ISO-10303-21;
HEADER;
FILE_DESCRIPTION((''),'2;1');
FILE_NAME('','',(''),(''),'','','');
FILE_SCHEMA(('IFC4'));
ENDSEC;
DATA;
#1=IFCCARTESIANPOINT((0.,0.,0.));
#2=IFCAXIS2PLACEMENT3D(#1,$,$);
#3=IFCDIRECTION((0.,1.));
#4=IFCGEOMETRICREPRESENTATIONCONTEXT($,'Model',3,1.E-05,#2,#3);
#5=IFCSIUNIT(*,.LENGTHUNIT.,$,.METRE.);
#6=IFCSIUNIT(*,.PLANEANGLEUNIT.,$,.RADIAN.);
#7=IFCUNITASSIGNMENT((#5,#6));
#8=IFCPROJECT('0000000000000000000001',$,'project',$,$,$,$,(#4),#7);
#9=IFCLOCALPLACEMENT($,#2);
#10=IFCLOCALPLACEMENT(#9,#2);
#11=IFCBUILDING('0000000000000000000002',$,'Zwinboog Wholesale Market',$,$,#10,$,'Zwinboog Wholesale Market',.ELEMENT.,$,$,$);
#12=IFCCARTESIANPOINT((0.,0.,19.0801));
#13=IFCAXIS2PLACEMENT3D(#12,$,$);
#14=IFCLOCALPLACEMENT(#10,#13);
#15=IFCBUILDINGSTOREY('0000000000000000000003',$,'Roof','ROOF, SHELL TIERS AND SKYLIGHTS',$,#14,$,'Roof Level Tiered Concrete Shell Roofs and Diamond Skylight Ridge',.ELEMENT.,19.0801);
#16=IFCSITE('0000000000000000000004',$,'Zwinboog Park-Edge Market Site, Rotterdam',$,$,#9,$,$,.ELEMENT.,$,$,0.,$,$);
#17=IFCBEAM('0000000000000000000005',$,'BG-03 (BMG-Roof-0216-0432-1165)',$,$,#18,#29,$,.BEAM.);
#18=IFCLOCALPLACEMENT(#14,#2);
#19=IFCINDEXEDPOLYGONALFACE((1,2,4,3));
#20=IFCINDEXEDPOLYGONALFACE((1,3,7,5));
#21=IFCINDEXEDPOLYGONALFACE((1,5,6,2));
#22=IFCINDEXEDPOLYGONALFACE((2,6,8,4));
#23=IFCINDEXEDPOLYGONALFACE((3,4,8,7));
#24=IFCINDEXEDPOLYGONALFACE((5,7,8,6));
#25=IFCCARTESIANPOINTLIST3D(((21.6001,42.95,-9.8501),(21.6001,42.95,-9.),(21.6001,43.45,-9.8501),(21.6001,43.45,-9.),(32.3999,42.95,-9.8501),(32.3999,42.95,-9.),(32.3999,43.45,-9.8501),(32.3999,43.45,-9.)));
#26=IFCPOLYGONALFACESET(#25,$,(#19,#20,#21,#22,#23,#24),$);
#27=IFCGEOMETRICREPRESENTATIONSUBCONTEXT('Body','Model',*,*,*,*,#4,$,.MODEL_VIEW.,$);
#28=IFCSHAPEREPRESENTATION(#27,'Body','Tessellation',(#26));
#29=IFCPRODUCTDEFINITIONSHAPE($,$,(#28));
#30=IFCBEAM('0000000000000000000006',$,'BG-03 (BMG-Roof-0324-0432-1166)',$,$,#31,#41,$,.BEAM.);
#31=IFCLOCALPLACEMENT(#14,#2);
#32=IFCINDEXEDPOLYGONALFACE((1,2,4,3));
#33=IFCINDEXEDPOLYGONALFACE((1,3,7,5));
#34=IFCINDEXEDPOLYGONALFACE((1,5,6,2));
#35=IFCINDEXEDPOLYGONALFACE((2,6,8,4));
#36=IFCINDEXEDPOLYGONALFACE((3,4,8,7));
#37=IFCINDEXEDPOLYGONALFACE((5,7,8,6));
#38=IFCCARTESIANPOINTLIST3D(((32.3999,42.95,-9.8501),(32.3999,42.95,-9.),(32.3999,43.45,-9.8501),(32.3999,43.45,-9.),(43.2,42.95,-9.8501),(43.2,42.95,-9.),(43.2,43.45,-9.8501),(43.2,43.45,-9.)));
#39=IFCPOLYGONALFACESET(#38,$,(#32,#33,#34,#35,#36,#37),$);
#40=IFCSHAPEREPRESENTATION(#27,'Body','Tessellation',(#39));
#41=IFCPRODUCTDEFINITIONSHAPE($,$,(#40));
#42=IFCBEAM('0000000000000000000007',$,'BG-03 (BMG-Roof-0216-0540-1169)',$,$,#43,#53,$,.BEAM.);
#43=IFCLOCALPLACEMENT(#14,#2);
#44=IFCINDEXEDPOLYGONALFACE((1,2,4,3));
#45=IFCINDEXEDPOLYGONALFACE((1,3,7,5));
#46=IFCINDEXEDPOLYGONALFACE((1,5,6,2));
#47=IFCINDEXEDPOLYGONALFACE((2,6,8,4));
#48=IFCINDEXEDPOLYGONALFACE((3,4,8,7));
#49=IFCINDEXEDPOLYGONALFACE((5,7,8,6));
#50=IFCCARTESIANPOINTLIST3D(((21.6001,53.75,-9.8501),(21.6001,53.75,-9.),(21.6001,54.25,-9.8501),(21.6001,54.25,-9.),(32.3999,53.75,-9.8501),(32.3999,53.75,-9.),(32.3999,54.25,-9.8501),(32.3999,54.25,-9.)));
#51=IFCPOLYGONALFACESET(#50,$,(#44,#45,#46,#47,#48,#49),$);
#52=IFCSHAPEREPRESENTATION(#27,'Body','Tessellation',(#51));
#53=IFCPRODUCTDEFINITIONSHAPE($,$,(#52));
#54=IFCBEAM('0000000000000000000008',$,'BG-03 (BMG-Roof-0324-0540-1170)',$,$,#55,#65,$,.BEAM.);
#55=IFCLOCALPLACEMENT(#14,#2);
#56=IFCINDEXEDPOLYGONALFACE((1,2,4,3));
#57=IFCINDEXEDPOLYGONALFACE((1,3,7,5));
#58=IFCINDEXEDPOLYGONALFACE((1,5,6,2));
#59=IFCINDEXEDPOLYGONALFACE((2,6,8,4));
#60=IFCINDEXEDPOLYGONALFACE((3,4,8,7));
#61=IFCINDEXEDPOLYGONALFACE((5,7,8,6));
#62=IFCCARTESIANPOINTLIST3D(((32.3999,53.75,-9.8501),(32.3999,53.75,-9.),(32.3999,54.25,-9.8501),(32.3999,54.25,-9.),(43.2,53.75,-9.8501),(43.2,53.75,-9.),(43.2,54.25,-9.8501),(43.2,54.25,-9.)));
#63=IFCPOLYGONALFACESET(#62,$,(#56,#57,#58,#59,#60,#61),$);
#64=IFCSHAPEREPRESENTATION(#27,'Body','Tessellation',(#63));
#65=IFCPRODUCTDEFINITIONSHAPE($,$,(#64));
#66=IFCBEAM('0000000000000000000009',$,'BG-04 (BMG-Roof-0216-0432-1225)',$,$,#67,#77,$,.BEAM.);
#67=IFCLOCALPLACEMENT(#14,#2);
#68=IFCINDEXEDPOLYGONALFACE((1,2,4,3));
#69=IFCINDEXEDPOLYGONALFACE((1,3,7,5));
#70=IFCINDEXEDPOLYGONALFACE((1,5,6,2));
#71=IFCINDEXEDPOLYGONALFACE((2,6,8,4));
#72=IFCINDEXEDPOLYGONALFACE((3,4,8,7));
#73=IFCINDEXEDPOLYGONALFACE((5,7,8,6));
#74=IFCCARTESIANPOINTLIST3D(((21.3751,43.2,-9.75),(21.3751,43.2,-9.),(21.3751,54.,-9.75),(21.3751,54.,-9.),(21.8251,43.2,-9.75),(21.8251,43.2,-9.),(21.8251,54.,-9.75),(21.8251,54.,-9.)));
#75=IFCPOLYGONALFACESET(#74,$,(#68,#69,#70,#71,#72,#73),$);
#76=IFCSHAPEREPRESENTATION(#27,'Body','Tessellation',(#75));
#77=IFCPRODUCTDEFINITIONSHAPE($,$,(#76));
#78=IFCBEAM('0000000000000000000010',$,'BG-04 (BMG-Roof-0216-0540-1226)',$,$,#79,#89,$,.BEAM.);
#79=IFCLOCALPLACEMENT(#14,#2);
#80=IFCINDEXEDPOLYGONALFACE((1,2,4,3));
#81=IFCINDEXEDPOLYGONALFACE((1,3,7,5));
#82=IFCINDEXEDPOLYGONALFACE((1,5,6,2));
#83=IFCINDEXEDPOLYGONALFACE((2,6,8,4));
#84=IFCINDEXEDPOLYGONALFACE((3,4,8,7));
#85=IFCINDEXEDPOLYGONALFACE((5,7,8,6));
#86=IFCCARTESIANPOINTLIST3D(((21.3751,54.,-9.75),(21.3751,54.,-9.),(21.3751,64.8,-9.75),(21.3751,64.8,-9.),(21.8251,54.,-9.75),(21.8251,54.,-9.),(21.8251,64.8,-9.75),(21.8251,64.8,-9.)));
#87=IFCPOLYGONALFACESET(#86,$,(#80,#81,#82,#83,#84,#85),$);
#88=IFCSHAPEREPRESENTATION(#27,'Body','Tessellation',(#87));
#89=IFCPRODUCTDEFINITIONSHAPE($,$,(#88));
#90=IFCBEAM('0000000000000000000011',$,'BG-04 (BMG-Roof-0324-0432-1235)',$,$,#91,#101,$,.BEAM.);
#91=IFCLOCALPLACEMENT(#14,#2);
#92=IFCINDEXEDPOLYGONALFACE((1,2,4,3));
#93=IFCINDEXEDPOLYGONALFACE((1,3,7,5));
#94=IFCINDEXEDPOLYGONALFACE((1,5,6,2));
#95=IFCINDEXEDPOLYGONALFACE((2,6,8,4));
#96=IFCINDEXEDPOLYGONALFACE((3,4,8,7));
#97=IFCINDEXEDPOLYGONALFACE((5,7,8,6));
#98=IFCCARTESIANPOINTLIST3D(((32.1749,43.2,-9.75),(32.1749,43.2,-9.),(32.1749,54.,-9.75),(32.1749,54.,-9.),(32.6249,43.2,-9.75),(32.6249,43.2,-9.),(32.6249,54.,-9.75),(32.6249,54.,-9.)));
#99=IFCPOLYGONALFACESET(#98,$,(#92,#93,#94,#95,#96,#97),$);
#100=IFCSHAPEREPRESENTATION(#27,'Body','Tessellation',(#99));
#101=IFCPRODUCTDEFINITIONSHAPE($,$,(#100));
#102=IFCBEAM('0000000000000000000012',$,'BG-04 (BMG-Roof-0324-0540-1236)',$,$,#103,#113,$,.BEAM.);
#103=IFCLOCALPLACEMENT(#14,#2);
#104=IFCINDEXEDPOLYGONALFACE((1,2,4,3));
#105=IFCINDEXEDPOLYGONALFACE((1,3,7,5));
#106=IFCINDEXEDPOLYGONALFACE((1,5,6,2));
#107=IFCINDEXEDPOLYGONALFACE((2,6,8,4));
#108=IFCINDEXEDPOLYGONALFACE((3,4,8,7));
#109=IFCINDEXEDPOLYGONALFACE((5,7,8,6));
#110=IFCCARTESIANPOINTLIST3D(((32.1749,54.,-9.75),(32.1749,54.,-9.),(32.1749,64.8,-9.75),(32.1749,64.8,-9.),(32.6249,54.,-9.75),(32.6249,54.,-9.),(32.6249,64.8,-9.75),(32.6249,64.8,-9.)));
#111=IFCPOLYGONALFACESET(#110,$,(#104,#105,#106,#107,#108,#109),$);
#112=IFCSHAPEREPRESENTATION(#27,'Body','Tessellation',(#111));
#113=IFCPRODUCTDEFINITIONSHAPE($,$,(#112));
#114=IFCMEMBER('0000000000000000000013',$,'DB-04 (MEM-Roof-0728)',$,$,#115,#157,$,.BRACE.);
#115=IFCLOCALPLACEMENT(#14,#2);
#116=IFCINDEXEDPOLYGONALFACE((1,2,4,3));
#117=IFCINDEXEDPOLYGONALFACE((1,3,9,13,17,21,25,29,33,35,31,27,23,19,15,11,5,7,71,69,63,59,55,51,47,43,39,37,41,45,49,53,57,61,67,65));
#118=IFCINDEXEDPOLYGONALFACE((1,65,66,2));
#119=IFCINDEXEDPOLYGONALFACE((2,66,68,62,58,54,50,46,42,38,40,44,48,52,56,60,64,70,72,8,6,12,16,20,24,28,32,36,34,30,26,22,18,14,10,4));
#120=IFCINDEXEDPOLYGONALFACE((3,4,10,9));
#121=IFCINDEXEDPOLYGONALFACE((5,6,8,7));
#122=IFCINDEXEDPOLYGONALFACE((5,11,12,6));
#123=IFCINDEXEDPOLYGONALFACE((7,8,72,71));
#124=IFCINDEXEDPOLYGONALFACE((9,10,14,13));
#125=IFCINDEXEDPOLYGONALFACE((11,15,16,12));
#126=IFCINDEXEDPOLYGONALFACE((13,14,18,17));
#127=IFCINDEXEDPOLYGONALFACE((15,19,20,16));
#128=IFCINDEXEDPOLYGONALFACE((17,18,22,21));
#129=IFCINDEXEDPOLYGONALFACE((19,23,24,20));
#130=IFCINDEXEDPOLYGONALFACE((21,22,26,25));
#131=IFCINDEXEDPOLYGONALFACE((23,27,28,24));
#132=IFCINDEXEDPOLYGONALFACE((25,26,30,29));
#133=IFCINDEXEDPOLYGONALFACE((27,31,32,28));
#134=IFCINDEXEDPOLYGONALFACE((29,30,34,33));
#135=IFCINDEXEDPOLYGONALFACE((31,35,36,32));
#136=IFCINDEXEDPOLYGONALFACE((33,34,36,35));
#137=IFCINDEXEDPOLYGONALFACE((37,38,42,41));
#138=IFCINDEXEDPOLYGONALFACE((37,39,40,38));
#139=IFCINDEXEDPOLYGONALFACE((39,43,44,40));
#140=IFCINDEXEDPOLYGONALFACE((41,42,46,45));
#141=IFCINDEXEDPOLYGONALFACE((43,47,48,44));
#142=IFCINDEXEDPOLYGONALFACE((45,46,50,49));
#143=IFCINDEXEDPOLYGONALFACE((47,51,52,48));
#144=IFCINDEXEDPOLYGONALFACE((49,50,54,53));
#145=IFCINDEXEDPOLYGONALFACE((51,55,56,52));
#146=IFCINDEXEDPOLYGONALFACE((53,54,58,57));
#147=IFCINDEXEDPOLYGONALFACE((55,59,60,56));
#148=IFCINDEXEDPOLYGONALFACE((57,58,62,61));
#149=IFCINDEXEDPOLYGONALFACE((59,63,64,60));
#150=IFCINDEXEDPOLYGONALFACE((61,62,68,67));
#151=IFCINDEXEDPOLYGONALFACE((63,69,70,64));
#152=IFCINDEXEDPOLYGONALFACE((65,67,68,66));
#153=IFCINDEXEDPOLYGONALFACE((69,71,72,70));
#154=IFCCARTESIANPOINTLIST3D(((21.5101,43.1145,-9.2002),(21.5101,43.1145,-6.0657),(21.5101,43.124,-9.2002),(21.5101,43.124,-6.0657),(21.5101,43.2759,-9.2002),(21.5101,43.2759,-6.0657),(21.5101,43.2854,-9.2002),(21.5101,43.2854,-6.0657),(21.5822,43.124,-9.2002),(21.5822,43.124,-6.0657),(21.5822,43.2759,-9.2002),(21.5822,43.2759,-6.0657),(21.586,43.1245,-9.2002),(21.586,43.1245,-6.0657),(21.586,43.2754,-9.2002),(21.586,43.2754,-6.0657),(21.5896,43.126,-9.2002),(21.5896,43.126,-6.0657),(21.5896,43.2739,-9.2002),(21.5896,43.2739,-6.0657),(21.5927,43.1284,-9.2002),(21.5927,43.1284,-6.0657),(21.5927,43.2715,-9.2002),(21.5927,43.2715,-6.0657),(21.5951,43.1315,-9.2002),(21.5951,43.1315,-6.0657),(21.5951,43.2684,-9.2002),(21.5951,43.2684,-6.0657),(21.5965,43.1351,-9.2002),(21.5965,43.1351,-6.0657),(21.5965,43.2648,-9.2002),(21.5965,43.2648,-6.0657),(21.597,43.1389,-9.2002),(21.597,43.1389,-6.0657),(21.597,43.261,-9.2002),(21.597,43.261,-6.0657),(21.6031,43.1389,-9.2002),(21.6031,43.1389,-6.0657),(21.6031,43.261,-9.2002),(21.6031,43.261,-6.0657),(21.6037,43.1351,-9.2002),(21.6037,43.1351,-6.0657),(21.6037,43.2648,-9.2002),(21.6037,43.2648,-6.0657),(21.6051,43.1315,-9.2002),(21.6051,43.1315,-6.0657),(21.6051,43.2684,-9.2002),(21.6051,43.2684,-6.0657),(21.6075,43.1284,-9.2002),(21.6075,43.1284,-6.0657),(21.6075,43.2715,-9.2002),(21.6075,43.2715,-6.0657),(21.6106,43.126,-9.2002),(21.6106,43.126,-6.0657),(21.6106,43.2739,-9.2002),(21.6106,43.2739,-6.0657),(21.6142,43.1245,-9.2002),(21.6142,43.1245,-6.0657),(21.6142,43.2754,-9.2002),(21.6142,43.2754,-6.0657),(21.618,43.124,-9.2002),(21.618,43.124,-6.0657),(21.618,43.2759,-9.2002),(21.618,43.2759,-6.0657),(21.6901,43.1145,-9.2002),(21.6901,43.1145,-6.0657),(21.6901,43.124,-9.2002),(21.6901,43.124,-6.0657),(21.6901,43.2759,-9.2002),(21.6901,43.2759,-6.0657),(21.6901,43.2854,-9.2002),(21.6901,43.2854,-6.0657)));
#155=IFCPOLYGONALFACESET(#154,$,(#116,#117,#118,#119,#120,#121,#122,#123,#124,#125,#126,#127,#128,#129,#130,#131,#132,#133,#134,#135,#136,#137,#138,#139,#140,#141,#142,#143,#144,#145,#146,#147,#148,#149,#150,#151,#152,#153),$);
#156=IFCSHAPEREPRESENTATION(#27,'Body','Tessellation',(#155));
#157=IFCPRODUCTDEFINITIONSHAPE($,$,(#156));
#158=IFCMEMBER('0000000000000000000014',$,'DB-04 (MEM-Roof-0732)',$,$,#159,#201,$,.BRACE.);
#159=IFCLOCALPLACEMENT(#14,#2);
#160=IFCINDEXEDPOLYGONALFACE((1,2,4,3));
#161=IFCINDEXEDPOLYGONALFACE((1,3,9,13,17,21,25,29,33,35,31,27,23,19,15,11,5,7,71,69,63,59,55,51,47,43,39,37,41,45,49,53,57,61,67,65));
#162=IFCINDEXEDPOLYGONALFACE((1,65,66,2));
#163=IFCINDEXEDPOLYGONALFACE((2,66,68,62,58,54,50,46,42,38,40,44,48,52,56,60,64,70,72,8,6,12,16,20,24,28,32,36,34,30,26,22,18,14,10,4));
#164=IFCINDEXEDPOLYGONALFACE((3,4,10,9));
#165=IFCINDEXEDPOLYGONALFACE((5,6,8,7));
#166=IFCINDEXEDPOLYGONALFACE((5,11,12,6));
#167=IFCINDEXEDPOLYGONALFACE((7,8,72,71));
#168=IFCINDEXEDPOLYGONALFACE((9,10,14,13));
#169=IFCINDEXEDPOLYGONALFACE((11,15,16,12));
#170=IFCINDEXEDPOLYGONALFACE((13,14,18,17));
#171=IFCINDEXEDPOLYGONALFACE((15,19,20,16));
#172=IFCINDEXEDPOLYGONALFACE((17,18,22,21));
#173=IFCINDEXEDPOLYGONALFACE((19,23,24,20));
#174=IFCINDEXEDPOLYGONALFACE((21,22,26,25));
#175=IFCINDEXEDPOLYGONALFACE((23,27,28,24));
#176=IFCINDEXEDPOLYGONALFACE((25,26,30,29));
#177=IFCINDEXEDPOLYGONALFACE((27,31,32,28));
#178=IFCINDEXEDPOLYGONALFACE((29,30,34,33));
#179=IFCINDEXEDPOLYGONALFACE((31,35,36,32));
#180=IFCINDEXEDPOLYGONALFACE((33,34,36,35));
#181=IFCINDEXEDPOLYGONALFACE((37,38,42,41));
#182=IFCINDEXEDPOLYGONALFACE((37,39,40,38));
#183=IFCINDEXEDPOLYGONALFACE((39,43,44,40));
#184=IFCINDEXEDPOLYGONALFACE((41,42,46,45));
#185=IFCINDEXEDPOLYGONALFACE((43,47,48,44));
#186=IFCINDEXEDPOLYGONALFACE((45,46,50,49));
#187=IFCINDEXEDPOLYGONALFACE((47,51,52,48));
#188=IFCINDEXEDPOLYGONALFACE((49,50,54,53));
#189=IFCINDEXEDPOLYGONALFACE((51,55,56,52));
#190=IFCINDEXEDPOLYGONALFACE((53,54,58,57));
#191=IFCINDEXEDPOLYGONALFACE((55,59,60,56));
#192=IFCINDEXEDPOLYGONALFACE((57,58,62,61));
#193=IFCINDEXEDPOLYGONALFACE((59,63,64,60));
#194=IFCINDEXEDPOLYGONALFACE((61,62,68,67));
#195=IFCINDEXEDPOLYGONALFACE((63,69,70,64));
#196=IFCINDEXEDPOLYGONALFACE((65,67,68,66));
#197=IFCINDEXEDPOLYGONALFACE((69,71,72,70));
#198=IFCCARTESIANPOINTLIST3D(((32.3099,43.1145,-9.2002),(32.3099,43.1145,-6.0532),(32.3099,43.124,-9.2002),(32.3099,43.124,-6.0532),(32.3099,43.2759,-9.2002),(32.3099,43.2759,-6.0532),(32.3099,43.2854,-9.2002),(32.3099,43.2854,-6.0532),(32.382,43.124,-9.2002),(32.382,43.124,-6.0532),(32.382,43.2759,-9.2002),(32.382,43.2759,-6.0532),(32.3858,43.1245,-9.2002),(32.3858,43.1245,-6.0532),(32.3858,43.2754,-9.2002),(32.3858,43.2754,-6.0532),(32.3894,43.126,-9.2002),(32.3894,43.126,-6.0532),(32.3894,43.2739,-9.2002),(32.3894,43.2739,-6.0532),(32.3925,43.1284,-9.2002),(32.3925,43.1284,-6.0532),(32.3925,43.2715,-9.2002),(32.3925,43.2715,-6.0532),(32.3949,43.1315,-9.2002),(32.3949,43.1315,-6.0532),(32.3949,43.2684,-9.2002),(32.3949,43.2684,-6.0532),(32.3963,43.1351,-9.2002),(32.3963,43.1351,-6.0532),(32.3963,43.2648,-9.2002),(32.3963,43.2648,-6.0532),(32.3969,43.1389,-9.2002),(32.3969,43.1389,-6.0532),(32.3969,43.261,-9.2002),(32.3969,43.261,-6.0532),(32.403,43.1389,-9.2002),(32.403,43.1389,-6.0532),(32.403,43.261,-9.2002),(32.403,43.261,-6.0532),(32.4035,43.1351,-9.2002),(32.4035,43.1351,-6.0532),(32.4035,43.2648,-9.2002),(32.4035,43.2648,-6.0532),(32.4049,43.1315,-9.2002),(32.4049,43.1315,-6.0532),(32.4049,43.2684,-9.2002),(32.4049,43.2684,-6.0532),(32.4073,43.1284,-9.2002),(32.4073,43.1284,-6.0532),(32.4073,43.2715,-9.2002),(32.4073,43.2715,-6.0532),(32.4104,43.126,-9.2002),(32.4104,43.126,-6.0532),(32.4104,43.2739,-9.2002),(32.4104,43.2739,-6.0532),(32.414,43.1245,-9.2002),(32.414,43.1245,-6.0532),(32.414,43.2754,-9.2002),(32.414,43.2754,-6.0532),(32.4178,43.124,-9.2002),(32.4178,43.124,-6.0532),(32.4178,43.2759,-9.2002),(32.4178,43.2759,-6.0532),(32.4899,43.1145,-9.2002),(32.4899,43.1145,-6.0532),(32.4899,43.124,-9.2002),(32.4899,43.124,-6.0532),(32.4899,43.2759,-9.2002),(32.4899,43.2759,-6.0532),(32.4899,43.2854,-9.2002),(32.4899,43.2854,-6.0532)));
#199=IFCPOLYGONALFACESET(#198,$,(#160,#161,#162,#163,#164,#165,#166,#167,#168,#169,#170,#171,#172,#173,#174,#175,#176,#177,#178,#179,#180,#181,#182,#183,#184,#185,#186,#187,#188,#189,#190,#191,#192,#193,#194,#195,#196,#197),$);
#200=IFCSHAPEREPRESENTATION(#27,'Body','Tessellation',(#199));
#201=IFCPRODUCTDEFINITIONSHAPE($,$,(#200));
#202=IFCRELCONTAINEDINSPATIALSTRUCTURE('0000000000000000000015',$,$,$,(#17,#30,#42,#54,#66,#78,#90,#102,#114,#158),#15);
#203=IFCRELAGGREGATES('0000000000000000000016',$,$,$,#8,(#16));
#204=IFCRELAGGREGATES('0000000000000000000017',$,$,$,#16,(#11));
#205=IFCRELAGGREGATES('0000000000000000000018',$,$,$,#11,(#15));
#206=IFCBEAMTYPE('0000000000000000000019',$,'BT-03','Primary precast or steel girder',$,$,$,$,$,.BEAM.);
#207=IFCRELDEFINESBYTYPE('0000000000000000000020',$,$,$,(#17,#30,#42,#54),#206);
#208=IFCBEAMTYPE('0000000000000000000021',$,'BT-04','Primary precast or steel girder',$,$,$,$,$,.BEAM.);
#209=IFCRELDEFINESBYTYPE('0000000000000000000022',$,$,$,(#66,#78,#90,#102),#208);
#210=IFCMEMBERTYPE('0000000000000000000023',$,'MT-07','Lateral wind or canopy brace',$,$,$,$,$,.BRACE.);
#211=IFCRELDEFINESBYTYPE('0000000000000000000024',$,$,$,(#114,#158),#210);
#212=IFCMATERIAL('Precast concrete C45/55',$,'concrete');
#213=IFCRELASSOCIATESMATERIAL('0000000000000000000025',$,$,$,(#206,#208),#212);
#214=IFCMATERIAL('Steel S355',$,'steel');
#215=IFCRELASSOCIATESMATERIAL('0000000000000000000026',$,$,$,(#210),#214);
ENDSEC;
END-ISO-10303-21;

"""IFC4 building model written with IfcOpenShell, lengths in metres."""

from ifc_helpers import new_model, si_unit, direction, frame, origin, origin_2d, place, context, subcontext, project, spatial, rectangle, i_section, extrude, material, material_profile, profile_set, type_object, element, save


model = new_model("IFC4")

# Units and contexts
model_context = context("Model", 3, precision=1e-05, world=origin(), true_north=direction((0.0, 1.0)))
body_context = subcontext(model_context, "Body", "Model", "MODEL_VIEW")
ifc_project = project(units=[si_unit("LENGTHUNIT", "METRE"), si_unit("PLANEANGLEUNIT", "RADIAN")], contexts=[model_context])

# Site, building, storey
site_placement = place(None, origin())
site = spatial("IfcSite", under=ifc_project, at=site_placement, Name="Zwinboog Park-Edge Market Site, Rotterdam", CompositionType="ELEMENT", RefElevation=0.0)
building_placement = place(site_placement, origin())
building = spatial("IfcBuilding", under=site, at=building_placement, Name="Zwinboog Wholesale Market", LongName="Zwinboog Wholesale Market", CompositionType="ELEMENT")
storey_placement = place(building_placement, frame((0.0, 0.0, 19.0801)))
storey = spatial("IfcBuildingStorey", under=building, at=storey_placement, Name="Roof", Description="ROOF, SHELL TIERS AND SKYLIGHTS", LongName="Roof Level Tiered Concrete Shell Roofs and Diamond Skylight Ridge", CompositionType="ELEMENT", Elevation=19.0801)

# Beams
ifc_material_1 = material(Name="Precast concrete C45/55", Category="concrete")
ifc_material_profile_1 = material_profile(ifc_material_1, rectangle(XDim=0.5, YDim=0.8501, at=origin_2d()), Name="PC 500x850")
ifc_profile_set_1 = profile_set([ifc_material_profile_1], Name="Precast concrete C45/55")
beam_type_1 = type_object("IfcBeamType", Name="BT-03", Description="Primary precast or steel girder", PredefinedType="BEAM", material=ifc_profile_set_1)
beam_1_placement = place(storey_placement, frame((21.6001, 43.2, -9.425), z_axis=(1.0, 0.0, 0.0), x_axis=(0.0, 1.0, 0.0)))
element("IfcBeam", 1, at=beam_1_placement, inside=storey, type_object=beam_type_1, Name="BG-03 (BMG-Roof-0216-0432-1165)", PredefinedType="BEAM", context=body_context, shape_type="SweptSolid", body=[
    extrude(rectangle(XDim=0.5, YDim=0.8501, at=origin_2d()), origin(), (0.0, 0.0, 1.0), 10.7998),
])
beam_2_placement = place(storey_placement, frame((32.3999, 43.2, -9.425), z_axis=(1.0, 0.0, 0.0), x_axis=(0.0, 1.0, 0.0)))
element("IfcBeam", 2, at=beam_2_placement, inside=storey, type_object=beam_type_1, Name="BG-03 (BMG-Roof-0324-0432-1166)", PredefinedType="BEAM", context=body_context, shape_type="SweptSolid", body=[
    extrude(rectangle(XDim=0.5, YDim=0.8501, at=origin_2d()), origin(), (0.0, 0.0, 1.0), 10.8),
])
beam_3_placement = place(storey_placement, frame((21.6001, 54.0, -9.425), z_axis=(1.0, 0.0, 0.0), x_axis=(0.0, 1.0, 0.0)))
element("IfcBeam", 3, at=beam_3_placement, inside=storey, type_object=beam_type_1, Name="BG-03 (BMG-Roof-0216-0540-1169)", PredefinedType="BEAM", context=body_context, shape_type="SweptSolid", body=[
    extrude(rectangle(XDim=0.5, YDim=0.8501, at=origin_2d()), origin(), (0.0, 0.0, 1.0), 10.7998),
])
beam_4_placement = place(storey_placement, frame((32.3999, 54.0, -9.425), z_axis=(1.0, 0.0, 0.0), x_axis=(0.0, 1.0, 0.0)))
element("IfcBeam", 4, at=beam_4_placement, inside=storey, type_object=beam_type_1, Name="BG-03 (BMG-Roof-0324-0540-1170)", PredefinedType="BEAM", context=body_context, shape_type="SweptSolid", body=[
    extrude(rectangle(XDim=0.5, YDim=0.8501, at=origin_2d()), origin(), (0.0, 0.0, 1.0), 10.8),
])
ifc_material_profile_2 = material_profile(ifc_material_1, rectangle(XDim=0.45, YDim=0.75, at=origin_2d()), Name="PC 450x750")
ifc_profile_set_2 = profile_set([ifc_material_profile_2], Name="Precast concrete C45/55")
beam_type_2 = type_object("IfcBeamType", Name="BT-04", Description="Primary precast or steel girder", PredefinedType="BEAM", material=ifc_profile_set_2)
for number, where, z_axis, x_axis, name in (
    (5, (21.6001, 43.2, -9.375), (0.0, 1.0, 0.0), (-1.0, 0.0, 0.0), "BG-04 (BMG-Roof-0216-0432-1225)"),
    (6, (21.6001, 54.0, -9.375), (0.0, 1.0, 0.0), (-1.0, 0.0, 0.0), "BG-04 (BMG-Roof-0216-0540-1226)"),
    (7, (32.3999, 43.2, -9.375), (0.0, 1.0, 0.0), (-1.0, 0.0, 0.0), "BG-04 (BMG-Roof-0324-0432-1235)"),
    (8, (32.3999, 54.0, -9.375), (0.0, 1.0, 0.0), (-1.0, 0.0, 0.0), "BG-04 (BMG-Roof-0324-0540-1236)"),
):
    element("IfcBeam", number, at=place(storey_placement, frame(where, z_axis=z_axis, x_axis=x_axis)), inside=storey, type_object=beam_type_2, Name=name, PredefinedType="BEAM", context=body_context, shape_type="SweptSolid", body=[
        extrude(rectangle(XDim=0.45, YDim=0.75, at=origin_2d()), origin(), (0.0, 0.0, 1.0), 10.8),
    ])

# Members
ifc_material_2 = material(Name="Steel S355", Category="steel")
ifc_material_profile_3 = material_profile(ifc_material_2, i_section(OverallWidth=0.1799, OverallDepth=0.1709, WebThickness=0.0061, FlangeThickness=0.0095, FilletRadius=0.0149, at=origin_2d()), Name="HEA 180")
ifc_profile_set_3 = profile_set([ifc_material_profile_3], Name="Steel S355")
member_type_1 = type_object("IfcMemberType", Name="MT-07", Description="Lateral wind or canopy brace", PredefinedType="BRACE", material=ifc_profile_set_3)
member_1_placement = place(storey_placement, frame((21.6001, 43.2, -9.2002), z_axis=(0.0, 0.0, 1.0), x_axis=(1.0, 0.0, 0.0)))
element("IfcMember", 9, at=member_1_placement, inside=storey, type_object=member_type_1, Name="DB-04 (MEM-Roof-0728)", PredefinedType="BRACE", context=body_context, shape_type="SweptSolid", body=[
    extrude(i_section(OverallWidth=0.1799, OverallDepth=0.1709, WebThickness=0.0061, FlangeThickness=0.0095, FilletRadius=0.0149, at=origin_2d()), origin(), (0.0, 0.0, 1.0), 3.1345),
])
member_2_placement = place(storey_placement, frame((32.3999, 43.2, -9.2002), z_axis=(0.0, 0.0, 1.0), x_axis=(1.0, 0.0, 0.0)))
element("IfcMember", 10, at=member_2_placement, inside=storey, type_object=member_type_1, Name="DB-04 (MEM-Roof-0732)", PredefinedType="BRACE", context=body_context, shape_type="SweptSolid", body=[
    extrude(i_section(OverallWidth=0.1799, OverallDepth=0.1709, WebThickness=0.0061, FlangeThickness=0.0095, FilletRadius=0.0149, at=origin_2d()), origin(), (0.0, 0.0, 1.0), 3.147),
])

save(model, "model.ifc")
